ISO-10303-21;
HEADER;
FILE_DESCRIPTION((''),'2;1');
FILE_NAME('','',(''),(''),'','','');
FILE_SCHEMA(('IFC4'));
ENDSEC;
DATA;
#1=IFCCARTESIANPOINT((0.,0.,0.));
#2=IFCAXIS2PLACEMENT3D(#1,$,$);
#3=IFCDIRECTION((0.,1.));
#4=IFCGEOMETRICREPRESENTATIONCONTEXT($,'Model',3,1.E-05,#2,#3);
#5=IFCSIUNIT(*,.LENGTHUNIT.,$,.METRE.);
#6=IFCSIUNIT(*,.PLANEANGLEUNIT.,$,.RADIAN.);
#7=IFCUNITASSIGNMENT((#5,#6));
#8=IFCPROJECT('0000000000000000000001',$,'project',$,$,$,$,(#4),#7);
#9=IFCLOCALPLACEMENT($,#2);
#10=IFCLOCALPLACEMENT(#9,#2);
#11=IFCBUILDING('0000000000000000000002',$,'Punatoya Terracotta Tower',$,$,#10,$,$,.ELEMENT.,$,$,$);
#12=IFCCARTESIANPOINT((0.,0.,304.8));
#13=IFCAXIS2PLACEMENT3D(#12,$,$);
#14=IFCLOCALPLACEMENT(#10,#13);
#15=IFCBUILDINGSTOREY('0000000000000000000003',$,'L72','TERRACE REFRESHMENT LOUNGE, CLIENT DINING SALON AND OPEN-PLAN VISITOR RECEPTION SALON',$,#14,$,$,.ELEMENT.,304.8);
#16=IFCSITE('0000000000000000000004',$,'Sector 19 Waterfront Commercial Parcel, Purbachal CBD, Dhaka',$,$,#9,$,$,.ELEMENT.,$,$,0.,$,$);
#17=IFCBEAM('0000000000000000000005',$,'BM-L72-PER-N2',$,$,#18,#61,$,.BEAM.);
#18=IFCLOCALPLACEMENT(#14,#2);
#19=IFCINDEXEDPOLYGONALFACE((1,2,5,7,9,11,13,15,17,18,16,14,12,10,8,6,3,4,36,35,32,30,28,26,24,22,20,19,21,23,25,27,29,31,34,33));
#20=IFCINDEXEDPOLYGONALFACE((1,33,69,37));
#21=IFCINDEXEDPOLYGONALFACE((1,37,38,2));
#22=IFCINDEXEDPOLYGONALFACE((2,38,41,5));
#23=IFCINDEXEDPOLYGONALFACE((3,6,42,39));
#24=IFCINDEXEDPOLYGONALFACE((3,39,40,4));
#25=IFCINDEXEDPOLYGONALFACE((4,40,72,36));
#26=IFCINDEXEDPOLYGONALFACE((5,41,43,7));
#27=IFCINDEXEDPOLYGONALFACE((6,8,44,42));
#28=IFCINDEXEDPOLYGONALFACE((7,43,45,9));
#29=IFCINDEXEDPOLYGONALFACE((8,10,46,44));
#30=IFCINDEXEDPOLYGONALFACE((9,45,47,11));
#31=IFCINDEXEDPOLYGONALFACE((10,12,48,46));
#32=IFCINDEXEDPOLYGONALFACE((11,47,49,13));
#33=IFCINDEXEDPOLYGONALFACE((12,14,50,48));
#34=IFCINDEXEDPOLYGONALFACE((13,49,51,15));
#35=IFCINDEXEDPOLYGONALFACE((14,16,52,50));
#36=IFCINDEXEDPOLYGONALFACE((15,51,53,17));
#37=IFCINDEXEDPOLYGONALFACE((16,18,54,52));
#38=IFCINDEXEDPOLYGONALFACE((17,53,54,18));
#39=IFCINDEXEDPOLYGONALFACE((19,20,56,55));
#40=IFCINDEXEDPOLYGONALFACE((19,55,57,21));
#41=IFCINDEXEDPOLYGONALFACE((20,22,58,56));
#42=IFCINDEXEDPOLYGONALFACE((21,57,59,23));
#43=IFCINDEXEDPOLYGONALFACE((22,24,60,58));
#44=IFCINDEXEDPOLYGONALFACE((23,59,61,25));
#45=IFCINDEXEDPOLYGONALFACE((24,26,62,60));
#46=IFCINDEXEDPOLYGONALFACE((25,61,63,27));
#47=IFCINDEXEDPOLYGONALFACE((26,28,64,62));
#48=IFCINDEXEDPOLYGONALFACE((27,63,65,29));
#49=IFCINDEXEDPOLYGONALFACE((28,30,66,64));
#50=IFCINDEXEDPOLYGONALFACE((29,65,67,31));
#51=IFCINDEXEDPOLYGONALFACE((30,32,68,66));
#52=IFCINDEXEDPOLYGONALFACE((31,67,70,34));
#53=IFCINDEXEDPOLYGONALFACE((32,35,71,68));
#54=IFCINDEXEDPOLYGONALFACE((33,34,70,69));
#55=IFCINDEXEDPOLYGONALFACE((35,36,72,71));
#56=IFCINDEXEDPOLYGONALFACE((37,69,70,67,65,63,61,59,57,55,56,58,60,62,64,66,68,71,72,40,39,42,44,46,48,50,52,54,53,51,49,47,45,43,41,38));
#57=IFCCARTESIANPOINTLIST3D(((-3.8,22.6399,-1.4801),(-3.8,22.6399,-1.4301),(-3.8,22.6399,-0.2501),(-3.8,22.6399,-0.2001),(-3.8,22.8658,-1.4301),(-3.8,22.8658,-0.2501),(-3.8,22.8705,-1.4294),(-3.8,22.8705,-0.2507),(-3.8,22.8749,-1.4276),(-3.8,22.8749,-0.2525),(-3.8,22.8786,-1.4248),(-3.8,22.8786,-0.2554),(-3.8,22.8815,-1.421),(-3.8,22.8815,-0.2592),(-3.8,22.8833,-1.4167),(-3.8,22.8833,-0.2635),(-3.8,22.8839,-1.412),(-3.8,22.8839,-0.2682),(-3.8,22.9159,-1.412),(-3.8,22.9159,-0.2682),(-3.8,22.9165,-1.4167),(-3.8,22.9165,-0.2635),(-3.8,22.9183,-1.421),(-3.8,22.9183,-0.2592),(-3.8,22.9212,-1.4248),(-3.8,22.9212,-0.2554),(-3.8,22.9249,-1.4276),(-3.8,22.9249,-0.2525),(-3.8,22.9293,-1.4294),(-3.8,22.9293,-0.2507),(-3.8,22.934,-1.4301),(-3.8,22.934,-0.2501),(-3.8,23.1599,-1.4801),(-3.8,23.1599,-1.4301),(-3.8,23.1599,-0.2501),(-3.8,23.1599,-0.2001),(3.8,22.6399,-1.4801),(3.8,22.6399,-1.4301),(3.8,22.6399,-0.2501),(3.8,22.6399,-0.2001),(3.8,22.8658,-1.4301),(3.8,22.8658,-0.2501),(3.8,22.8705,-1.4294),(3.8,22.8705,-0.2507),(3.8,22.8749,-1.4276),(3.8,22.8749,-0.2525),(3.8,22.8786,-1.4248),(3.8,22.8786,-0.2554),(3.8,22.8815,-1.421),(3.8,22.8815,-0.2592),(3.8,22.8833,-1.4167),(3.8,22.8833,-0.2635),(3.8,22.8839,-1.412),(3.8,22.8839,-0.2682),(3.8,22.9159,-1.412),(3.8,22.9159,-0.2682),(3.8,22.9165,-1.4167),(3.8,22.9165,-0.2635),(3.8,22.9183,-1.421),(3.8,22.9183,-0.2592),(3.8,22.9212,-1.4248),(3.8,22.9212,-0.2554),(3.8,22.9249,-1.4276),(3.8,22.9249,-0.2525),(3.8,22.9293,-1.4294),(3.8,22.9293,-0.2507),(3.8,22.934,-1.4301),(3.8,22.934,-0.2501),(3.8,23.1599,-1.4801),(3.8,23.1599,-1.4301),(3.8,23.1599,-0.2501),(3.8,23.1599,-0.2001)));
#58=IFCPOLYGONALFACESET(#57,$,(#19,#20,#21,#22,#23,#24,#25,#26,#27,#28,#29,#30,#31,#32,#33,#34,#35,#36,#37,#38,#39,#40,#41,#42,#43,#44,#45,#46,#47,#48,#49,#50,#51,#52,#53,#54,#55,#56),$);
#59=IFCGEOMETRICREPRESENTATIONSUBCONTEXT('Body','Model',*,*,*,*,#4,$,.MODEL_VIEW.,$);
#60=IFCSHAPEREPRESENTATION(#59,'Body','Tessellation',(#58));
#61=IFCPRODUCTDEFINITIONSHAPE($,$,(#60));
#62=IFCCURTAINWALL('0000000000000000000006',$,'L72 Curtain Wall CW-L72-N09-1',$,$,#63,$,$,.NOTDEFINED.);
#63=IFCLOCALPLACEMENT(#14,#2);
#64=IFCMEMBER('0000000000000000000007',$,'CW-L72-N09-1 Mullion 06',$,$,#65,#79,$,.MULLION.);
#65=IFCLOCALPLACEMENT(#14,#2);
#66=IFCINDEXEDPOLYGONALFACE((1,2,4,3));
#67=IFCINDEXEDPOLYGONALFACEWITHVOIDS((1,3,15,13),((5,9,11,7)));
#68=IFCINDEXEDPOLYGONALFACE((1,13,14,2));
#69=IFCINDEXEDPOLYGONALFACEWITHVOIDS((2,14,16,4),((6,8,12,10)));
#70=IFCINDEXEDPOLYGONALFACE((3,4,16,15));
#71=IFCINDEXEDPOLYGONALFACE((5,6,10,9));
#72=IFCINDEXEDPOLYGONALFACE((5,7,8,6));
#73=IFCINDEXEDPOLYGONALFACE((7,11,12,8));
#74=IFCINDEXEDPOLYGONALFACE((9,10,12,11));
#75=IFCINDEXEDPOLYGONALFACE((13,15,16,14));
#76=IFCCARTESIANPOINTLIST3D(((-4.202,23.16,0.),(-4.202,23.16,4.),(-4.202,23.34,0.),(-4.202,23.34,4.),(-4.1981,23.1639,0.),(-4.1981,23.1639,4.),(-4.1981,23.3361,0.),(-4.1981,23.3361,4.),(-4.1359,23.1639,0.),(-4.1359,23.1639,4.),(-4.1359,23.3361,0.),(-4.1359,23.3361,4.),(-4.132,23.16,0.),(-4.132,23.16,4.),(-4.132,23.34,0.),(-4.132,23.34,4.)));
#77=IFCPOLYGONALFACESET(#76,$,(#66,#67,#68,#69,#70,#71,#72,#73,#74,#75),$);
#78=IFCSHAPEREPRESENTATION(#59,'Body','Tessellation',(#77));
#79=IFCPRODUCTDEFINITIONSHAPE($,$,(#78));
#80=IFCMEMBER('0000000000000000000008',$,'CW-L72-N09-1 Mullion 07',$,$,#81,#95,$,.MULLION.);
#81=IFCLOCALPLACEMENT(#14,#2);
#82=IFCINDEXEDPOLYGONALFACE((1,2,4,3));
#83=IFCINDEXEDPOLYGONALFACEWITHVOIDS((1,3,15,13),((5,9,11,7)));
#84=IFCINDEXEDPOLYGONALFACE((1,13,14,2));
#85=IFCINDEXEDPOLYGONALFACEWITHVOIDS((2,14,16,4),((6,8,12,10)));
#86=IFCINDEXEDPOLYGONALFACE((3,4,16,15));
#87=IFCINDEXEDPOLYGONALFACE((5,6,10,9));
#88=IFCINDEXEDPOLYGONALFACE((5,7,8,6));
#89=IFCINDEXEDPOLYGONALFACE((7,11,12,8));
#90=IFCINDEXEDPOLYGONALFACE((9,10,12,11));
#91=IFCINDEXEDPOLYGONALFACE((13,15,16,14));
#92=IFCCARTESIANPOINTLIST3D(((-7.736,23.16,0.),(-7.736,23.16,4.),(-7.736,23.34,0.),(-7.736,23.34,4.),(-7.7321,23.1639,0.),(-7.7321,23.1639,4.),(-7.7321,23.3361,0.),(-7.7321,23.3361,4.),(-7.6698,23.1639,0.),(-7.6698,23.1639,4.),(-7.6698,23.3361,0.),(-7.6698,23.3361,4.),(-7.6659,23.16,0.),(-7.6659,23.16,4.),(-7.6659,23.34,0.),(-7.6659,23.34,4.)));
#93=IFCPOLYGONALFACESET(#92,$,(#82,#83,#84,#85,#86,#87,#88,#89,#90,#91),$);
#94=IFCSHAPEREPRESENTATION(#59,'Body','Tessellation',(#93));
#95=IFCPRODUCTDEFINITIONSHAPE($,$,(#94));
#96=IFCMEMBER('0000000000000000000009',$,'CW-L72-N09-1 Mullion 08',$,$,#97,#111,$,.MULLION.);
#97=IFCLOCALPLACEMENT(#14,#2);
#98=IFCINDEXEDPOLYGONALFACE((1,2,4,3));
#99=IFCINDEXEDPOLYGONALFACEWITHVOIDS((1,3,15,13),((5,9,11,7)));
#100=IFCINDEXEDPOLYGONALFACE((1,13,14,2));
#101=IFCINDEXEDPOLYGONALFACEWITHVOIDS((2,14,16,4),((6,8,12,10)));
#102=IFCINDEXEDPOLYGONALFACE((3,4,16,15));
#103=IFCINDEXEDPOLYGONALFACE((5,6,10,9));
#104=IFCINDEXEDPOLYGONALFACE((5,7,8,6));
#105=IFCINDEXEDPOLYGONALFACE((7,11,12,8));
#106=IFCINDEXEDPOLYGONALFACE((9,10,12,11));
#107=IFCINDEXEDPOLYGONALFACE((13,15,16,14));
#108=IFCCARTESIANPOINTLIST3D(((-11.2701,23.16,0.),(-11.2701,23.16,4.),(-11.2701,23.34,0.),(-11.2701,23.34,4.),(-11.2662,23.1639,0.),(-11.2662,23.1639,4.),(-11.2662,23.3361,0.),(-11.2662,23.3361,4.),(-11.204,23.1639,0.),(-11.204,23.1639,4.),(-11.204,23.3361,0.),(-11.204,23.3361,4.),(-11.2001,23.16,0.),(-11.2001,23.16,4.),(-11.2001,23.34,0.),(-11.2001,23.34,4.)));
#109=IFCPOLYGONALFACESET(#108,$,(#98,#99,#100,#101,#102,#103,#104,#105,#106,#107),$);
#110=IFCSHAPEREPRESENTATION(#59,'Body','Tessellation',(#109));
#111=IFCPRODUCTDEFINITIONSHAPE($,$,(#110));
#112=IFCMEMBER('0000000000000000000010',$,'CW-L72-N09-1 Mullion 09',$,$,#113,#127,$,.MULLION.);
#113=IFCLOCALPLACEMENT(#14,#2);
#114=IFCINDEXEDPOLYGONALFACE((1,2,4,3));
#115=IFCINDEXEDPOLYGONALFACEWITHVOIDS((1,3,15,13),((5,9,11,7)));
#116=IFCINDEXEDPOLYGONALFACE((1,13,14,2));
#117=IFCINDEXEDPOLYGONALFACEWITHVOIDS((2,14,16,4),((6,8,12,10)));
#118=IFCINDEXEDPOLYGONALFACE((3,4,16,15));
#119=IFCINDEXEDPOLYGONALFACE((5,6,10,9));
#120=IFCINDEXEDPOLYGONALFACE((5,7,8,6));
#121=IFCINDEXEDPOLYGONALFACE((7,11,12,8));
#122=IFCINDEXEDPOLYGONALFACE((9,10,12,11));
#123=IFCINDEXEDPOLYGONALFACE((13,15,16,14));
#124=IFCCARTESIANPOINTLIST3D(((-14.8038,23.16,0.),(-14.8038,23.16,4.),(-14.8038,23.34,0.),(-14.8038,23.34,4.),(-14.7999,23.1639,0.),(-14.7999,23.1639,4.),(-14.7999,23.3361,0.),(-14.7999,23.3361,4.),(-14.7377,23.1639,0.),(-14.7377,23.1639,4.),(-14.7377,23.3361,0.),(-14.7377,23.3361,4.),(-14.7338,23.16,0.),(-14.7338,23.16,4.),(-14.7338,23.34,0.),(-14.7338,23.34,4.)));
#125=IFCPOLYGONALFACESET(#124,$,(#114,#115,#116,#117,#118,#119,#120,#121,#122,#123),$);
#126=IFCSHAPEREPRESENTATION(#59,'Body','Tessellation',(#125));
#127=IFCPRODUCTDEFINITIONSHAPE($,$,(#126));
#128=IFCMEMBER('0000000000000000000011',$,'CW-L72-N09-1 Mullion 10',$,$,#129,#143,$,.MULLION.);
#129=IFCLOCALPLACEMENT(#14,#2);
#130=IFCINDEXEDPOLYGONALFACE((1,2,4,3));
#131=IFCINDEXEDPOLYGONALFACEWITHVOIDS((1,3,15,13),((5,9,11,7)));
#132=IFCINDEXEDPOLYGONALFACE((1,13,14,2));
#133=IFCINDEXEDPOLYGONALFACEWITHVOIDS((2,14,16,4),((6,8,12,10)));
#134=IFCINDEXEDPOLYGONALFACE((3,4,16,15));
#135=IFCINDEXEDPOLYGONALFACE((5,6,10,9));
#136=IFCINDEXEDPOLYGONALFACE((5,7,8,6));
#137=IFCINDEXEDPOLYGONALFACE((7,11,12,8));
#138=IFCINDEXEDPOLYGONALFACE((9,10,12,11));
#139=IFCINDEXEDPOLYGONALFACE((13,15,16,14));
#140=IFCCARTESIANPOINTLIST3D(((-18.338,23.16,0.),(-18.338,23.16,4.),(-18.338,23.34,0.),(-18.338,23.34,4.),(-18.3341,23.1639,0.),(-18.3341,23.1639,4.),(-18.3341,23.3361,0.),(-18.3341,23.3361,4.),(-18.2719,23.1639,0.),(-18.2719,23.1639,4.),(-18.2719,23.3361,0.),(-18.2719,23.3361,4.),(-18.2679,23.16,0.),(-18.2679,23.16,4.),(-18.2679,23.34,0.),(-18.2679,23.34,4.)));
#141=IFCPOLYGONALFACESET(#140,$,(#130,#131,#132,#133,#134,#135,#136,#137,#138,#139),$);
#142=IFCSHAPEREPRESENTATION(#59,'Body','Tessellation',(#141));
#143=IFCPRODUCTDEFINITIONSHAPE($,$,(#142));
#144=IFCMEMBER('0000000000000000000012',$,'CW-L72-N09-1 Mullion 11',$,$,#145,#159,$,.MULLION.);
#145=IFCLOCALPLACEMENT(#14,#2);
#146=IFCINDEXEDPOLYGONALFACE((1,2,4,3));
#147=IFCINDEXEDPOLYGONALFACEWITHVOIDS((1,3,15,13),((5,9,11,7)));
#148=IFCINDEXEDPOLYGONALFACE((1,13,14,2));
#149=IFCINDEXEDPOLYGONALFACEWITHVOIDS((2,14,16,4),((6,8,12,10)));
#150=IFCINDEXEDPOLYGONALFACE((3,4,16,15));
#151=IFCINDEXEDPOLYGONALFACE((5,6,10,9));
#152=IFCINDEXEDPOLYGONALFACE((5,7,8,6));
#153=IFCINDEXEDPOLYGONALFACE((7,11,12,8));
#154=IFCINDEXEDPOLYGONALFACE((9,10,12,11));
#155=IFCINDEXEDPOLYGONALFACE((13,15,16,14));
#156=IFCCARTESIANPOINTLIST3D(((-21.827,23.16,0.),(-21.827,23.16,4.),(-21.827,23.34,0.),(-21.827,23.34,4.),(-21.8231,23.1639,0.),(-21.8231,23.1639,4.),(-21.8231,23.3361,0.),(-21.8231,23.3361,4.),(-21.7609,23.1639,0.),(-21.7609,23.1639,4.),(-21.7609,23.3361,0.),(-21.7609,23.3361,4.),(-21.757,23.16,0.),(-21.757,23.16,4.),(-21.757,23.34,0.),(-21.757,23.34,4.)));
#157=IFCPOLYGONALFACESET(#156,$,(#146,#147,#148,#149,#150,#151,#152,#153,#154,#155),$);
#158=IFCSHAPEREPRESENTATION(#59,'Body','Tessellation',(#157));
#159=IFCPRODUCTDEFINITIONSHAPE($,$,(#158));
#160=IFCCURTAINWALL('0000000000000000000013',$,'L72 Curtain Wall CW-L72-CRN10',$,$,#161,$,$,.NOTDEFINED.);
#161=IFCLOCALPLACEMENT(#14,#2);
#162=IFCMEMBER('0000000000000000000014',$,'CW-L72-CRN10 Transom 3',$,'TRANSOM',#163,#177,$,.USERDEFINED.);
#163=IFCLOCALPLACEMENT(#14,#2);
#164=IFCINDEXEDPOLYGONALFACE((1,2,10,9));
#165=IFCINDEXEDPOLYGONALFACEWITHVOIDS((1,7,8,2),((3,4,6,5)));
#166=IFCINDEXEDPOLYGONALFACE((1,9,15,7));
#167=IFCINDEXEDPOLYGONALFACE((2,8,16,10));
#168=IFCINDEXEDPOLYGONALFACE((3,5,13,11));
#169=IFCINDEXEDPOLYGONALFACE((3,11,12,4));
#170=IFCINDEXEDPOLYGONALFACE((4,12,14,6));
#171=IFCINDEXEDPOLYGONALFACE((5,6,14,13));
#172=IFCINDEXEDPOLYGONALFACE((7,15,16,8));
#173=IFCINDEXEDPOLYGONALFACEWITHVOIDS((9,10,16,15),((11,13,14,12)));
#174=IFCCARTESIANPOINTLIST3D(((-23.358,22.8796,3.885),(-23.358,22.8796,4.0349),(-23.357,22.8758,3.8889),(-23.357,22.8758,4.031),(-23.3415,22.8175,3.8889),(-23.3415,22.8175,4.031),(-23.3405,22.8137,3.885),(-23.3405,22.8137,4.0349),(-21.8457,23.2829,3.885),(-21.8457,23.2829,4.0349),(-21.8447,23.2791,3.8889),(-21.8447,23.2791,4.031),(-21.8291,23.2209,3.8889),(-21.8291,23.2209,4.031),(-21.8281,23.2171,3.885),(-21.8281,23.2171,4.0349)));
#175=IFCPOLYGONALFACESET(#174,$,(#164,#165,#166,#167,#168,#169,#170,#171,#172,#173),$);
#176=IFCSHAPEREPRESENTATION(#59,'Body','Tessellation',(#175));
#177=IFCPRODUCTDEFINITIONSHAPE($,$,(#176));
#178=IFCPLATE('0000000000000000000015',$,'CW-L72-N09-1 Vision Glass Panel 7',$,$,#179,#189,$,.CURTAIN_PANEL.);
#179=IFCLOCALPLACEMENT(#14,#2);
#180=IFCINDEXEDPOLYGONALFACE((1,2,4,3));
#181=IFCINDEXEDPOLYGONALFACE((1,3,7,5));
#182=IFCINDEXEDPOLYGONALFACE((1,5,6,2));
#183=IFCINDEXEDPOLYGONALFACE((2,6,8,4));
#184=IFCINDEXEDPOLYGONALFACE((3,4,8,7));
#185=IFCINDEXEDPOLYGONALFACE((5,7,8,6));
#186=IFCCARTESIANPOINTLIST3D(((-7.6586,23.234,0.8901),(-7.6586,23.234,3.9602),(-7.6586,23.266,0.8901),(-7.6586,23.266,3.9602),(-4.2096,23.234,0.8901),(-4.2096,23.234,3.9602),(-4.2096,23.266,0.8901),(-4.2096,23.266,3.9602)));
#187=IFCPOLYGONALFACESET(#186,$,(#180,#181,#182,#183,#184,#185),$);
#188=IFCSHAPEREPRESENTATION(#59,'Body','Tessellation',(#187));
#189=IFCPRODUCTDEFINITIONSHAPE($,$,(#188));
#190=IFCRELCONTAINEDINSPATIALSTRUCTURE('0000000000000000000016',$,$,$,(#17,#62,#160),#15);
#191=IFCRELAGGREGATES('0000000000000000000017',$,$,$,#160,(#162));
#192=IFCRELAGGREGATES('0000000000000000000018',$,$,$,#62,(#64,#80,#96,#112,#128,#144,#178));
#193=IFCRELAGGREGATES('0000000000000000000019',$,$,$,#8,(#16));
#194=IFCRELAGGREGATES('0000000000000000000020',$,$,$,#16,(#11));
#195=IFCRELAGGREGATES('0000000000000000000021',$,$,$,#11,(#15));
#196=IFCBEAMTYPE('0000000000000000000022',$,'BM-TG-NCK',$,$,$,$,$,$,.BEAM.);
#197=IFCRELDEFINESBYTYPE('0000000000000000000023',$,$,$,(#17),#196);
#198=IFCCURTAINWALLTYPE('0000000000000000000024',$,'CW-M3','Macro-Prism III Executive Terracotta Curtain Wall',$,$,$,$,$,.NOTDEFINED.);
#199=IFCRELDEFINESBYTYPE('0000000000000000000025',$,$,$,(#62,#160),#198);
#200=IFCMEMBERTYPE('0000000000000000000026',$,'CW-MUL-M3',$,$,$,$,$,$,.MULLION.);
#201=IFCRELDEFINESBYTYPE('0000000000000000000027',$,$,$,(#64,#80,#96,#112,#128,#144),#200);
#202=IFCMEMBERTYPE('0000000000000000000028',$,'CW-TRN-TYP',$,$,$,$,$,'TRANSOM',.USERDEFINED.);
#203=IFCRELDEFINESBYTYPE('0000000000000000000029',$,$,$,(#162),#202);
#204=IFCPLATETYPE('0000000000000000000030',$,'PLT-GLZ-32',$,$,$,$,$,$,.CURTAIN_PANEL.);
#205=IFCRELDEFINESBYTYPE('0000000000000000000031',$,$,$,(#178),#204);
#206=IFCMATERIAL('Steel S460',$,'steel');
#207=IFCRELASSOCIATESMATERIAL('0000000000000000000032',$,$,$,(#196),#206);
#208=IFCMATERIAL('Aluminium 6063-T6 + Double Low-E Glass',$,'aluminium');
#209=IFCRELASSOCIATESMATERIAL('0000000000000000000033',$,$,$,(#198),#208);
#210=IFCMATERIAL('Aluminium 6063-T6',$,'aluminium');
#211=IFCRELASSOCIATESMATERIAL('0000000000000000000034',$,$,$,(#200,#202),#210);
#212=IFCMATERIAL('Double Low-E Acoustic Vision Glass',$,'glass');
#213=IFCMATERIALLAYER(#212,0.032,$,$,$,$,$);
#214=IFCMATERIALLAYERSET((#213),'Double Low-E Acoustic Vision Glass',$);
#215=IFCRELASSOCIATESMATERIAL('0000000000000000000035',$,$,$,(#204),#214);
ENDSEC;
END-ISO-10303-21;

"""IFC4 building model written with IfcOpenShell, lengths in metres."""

from ifc_helpers import new_model, si_unit, direction, frame, origin, origin_2d, place, context, subcontext, project, spatial, rectangle, hollow_rectangle, i_section, extrude, material, layer, layer_set, material_profile, profile_set, type_object, element, aggregate, save


model = new_model("IFC4")

# Units and contexts
model_context = context("Model", 3, precision=1e-05, world=origin(), true_north=direction((0.0, 1.0)))
body_context = subcontext(model_context, "Body", "Model", "MODEL_VIEW")
ifc_project = project(units=[si_unit("LENGTHUNIT", "METRE"), si_unit("PLANEANGLEUNIT", "RADIAN")], contexts=[model_context])

# Site, building, storey
site_placement = place(None, origin())
site = spatial("IfcSite", under=ifc_project, at=site_placement, Name="Sector 19 Waterfront Commercial Parcel, Purbachal CBD, Dhaka", CompositionType="ELEMENT", RefElevation=0.0)
building_placement = place(site_placement, origin())
building = spatial("IfcBuilding", under=site, at=building_placement, Name="Punatoya Terracotta Tower", CompositionType="ELEMENT")
storey_placement = place(building_placement, frame((0.0, 0.0, 304.8)))
storey = spatial("IfcBuildingStorey", under=building, at=storey_placement, Name="L72", Description="TERRACE REFRESHMENT LOUNGE, CLIENT DINING SALON AND OPEN-PLAN VISITOR RECEPTION SALON", CompositionType="ELEMENT", Elevation=304.8)

# Shared definitions
ifc_material_1 = material(Name="Steel S460", Category="steel")

# Beam
ifc_material_profile_1 = material_profile(ifc_material_1, i_section(OverallWidth=0.52, OverallDepth=1.28, WebThickness=0.032, FlangeThickness=0.05, FilletRadius=0.0181, at=origin_2d()))
ifc_profile_set_1 = profile_set([ifc_material_profile_1], Name="Steel S460")
beam_type_1 = type_object("IfcBeamType", Name="BM-TG-NCK", PredefinedType="BEAM", material=ifc_profile_set_1)
beam_1_placement = place(storey_placement, frame((-3.8, 22.8999, -0.8401), z_axis=(1.0, 0.0, 0.0), x_axis=(0.0, 1.0, 0.0)))
element("IfcBeam", 1, at=beam_1_placement, inside=storey, type_object=beam_type_1, Name="BM-L72-PER-N2", PredefinedType="BEAM", context=body_context, shape_type="SweptSolid", body=[
    extrude(i_section(OverallWidth=0.52, OverallDepth=1.28, WebThickness=0.032, FlangeThickness=0.05, FilletRadius=0.0181, at=origin_2d()), origin(), (0.0, 0.0, 1.0), 7.6001),
])

# Curtain wall, members
ifc_material_2 = material(Name="Aluminium 6063-T6 + Double Low-E Glass", Category="aluminium")
curtain_wall_type = type_object("IfcCurtainWallType", Name="CW-M3", Description="Macro-Prism III Executive Terracotta Curtain Wall", PredefinedType="NOTDEFINED", material=ifc_material_2)
curtain_wall_1_placement = place(storey_placement, origin())
curtain_wall_1 = element("IfcCurtainWall", 2, at=curtain_wall_1_placement, inside=storey, type_object=curtain_wall_type, Name="L72 Curtain Wall CW-L72-N09-1", PredefinedType="NOTDEFINED")
ifc_material_3 = material(Name="Aluminium 6063-T6", Category="aluminium")
ifc_material_profile_2 = material_profile(ifc_material_3, hollow_rectangle(XDim=0.0701, YDim=0.1799, WallThickness=0.0039, at=origin_2d()))
ifc_profile_set_2 = profile_set([ifc_material_profile_2], Name="Aluminium 6063-T6")
member_type_1 = type_object("IfcMemberType", Name="CW-MUL-M3", PredefinedType="MULLION", material=ifc_profile_set_2)
member_1_placement = place(storey_placement, frame((-4.167, 23.25, 0.0), z_axis=(0.0, 0.0, 1.0), x_axis=(1.0, 0.0, 0.0)))
member_1 = element("IfcMember", 3, at=member_1_placement, type_object=member_type_1, Name="CW-L72-N09-1 Mullion 06", PredefinedType="MULLION", context=body_context, shape_type="SweptSolid", body=[
    extrude(hollow_rectangle(XDim=0.0701, YDim=0.1799, WallThickness=0.0039, at=origin_2d()), origin(), (0.0, 0.0, 1.0), 4.0),
])
member_2_placement = place(storey_placement, frame((-7.7009, 23.25, 0.0), z_axis=(0.0, 0.0, 1.0), x_axis=(1.0, 0.0, 0.0)))
member_2 = element("IfcMember", 4, at=member_2_placement, type_object=member_type_1, Name="CW-L72-N09-1 Mullion 07", PredefinedType="MULLION", context=body_context, shape_type="SweptSolid", body=[
    extrude(hollow_rectangle(XDim=0.0701, YDim=0.1799, WallThickness=0.0039, at=origin_2d()), origin(), (0.0, 0.0, 1.0), 4.0),
])
member_3_placement = place(storey_placement, frame((-11.2351, 23.25, 0.0), z_axis=(0.0, 0.0, 1.0), x_axis=(1.0, 0.0, 0.0)))
member_3 = element("IfcMember", 5, at=member_3_placement, type_object=member_type_1, Name="CW-L72-N09-1 Mullion 08", PredefinedType="MULLION", context=body_context, shape_type="SweptSolid", body=[
    extrude(hollow_rectangle(XDim=0.0701, YDim=0.1799, WallThickness=0.0039, at=origin_2d()), origin(), (0.0, 0.0, 1.0), 4.0),
])
member_4_placement = place(storey_placement, frame((-14.7688, 23.25, 0.0), z_axis=(0.0, 0.0, 1.0), x_axis=(1.0, 0.0, 0.0)))
member_4 = element("IfcMember", 6, at=member_4_placement, type_object=member_type_1, Name="CW-L72-N09-1 Mullion 09", PredefinedType="MULLION", context=body_context, shape_type="SweptSolid", body=[
    extrude(hollow_rectangle(XDim=0.0701, YDim=0.1799, WallThickness=0.0039, at=origin_2d()), origin(), (0.0, 0.0, 1.0), 4.0),
])
member_5_placement = place(storey_placement, frame((-18.303, 23.25, 0.0), z_axis=(0.0, 0.0, 1.0), x_axis=(1.0, 0.0, 0.0)))
member_5 = element("IfcMember", 7, at=member_5_placement, type_object=member_type_1, Name="CW-L72-N09-1 Mullion 10", PredefinedType="MULLION", context=body_context, shape_type="SweptSolid", body=[
    extrude(hollow_rectangle(XDim=0.0701, YDim=0.1799, WallThickness=0.0039, at=origin_2d()), origin(), (0.0, 0.0, 1.0), 4.0),
])
member_6_placement = place(storey_placement, frame((-21.792, 23.25, 0.0), z_axis=(0.0, 0.0, 1.0), x_axis=(1.0, 0.0, 0.0)))
member_6 = element("IfcMember", 8, at=member_6_placement, type_object=member_type_1, Name="CW-L72-N09-1 Mullion 11", PredefinedType="MULLION", context=body_context, shape_type="SweptSolid", body=[
    extrude(hollow_rectangle(XDim=0.0701, YDim=0.1799, WallThickness=0.0039, at=origin_2d()), origin(), (0.0, 0.0, 1.0), 4.0),
])

# Curtain wall, member
curtain_wall_2_placement = place(storey_placement, origin())
curtain_wall_2 = element("IfcCurtainWall", 9, at=curtain_wall_2_placement, inside=storey, type_object=curtain_wall_type, Name="L72 Curtain Wall CW-L72-CRN10", PredefinedType="NOTDEFINED")
ifc_material_profile_3 = material_profile(ifc_material_3, hollow_rectangle(XDim=0.0681, YDim=0.1499, WallThickness=0.0039, at=origin_2d()))
ifc_profile_set_3 = profile_set([ifc_material_profile_3], Name="Aluminium 6063-T6")
member_type_2 = type_object("IfcMemberType", Name="CW-TRN-TYP", ElementType="TRANSOM", PredefinedType="USERDEFINED", material=ifc_profile_set_3)
member_7_placement = place(storey_placement, frame((-21.8369, 23.25, 3.96), z_axis=(-0.966225, -0.257701, 0.0), x_axis=(0.257701, -0.966225, 0.0)))
member_7 = element("IfcMember", 10, at=member_7_placement, type_object=member_type_2, Name="CW-L72-CRN10 Transom 3", ObjectType="TRANSOM", PredefinedType="USERDEFINED", context=body_context, shape_type="SweptSolid", body=[
    extrude(hollow_rectangle(XDim=0.0681, YDim=0.1499, WallThickness=0.0039, at=origin_2d()), origin(), (0.0, 0.0, 1.0), 1.5652),
])
aggregate(curtain_wall_2, [member_7])

# Plate
ifc_material_4 = material(Name="Double Low-E Acoustic Vision Glass", Category="glass")
ifc_layer_1 = layer(ifc_material_4, 0.032)
ifc_layer_set_1 = layer_set([ifc_layer_1], Name="Double Low-E Acoustic Vision Glass")
plate_type_1 = type_object("IfcPlateType", Name="PLT-GLZ-32", PredefinedType="CURTAIN_PANEL", material=ifc_layer_set_1)
plate_1_placement = place(storey_placement, frame((-5.9341, 23.25, 0.8901), z_axis=(0.0, 0.0, 1.0), x_axis=(-1.0, 0.0, 0.0)))
plate_1 = element("IfcPlate", 11, at=plate_1_placement, type_object=plate_type_1, Name="CW-L72-N09-1 Vision Glass Panel 7", PredefinedType="CURTAIN_PANEL", context=body_context, shape_type="SweptSolid", body=[
    extrude(rectangle(XDim=3.449, YDim=0.032, at=origin_2d()), origin(), (0.0, 0.0, 1.0), 3.0701),
])
aggregate(curtain_wall_1, [member_1, member_2, member_3, member_4, member_5, member_6, plate_1])

save(model, "model.ifc")
